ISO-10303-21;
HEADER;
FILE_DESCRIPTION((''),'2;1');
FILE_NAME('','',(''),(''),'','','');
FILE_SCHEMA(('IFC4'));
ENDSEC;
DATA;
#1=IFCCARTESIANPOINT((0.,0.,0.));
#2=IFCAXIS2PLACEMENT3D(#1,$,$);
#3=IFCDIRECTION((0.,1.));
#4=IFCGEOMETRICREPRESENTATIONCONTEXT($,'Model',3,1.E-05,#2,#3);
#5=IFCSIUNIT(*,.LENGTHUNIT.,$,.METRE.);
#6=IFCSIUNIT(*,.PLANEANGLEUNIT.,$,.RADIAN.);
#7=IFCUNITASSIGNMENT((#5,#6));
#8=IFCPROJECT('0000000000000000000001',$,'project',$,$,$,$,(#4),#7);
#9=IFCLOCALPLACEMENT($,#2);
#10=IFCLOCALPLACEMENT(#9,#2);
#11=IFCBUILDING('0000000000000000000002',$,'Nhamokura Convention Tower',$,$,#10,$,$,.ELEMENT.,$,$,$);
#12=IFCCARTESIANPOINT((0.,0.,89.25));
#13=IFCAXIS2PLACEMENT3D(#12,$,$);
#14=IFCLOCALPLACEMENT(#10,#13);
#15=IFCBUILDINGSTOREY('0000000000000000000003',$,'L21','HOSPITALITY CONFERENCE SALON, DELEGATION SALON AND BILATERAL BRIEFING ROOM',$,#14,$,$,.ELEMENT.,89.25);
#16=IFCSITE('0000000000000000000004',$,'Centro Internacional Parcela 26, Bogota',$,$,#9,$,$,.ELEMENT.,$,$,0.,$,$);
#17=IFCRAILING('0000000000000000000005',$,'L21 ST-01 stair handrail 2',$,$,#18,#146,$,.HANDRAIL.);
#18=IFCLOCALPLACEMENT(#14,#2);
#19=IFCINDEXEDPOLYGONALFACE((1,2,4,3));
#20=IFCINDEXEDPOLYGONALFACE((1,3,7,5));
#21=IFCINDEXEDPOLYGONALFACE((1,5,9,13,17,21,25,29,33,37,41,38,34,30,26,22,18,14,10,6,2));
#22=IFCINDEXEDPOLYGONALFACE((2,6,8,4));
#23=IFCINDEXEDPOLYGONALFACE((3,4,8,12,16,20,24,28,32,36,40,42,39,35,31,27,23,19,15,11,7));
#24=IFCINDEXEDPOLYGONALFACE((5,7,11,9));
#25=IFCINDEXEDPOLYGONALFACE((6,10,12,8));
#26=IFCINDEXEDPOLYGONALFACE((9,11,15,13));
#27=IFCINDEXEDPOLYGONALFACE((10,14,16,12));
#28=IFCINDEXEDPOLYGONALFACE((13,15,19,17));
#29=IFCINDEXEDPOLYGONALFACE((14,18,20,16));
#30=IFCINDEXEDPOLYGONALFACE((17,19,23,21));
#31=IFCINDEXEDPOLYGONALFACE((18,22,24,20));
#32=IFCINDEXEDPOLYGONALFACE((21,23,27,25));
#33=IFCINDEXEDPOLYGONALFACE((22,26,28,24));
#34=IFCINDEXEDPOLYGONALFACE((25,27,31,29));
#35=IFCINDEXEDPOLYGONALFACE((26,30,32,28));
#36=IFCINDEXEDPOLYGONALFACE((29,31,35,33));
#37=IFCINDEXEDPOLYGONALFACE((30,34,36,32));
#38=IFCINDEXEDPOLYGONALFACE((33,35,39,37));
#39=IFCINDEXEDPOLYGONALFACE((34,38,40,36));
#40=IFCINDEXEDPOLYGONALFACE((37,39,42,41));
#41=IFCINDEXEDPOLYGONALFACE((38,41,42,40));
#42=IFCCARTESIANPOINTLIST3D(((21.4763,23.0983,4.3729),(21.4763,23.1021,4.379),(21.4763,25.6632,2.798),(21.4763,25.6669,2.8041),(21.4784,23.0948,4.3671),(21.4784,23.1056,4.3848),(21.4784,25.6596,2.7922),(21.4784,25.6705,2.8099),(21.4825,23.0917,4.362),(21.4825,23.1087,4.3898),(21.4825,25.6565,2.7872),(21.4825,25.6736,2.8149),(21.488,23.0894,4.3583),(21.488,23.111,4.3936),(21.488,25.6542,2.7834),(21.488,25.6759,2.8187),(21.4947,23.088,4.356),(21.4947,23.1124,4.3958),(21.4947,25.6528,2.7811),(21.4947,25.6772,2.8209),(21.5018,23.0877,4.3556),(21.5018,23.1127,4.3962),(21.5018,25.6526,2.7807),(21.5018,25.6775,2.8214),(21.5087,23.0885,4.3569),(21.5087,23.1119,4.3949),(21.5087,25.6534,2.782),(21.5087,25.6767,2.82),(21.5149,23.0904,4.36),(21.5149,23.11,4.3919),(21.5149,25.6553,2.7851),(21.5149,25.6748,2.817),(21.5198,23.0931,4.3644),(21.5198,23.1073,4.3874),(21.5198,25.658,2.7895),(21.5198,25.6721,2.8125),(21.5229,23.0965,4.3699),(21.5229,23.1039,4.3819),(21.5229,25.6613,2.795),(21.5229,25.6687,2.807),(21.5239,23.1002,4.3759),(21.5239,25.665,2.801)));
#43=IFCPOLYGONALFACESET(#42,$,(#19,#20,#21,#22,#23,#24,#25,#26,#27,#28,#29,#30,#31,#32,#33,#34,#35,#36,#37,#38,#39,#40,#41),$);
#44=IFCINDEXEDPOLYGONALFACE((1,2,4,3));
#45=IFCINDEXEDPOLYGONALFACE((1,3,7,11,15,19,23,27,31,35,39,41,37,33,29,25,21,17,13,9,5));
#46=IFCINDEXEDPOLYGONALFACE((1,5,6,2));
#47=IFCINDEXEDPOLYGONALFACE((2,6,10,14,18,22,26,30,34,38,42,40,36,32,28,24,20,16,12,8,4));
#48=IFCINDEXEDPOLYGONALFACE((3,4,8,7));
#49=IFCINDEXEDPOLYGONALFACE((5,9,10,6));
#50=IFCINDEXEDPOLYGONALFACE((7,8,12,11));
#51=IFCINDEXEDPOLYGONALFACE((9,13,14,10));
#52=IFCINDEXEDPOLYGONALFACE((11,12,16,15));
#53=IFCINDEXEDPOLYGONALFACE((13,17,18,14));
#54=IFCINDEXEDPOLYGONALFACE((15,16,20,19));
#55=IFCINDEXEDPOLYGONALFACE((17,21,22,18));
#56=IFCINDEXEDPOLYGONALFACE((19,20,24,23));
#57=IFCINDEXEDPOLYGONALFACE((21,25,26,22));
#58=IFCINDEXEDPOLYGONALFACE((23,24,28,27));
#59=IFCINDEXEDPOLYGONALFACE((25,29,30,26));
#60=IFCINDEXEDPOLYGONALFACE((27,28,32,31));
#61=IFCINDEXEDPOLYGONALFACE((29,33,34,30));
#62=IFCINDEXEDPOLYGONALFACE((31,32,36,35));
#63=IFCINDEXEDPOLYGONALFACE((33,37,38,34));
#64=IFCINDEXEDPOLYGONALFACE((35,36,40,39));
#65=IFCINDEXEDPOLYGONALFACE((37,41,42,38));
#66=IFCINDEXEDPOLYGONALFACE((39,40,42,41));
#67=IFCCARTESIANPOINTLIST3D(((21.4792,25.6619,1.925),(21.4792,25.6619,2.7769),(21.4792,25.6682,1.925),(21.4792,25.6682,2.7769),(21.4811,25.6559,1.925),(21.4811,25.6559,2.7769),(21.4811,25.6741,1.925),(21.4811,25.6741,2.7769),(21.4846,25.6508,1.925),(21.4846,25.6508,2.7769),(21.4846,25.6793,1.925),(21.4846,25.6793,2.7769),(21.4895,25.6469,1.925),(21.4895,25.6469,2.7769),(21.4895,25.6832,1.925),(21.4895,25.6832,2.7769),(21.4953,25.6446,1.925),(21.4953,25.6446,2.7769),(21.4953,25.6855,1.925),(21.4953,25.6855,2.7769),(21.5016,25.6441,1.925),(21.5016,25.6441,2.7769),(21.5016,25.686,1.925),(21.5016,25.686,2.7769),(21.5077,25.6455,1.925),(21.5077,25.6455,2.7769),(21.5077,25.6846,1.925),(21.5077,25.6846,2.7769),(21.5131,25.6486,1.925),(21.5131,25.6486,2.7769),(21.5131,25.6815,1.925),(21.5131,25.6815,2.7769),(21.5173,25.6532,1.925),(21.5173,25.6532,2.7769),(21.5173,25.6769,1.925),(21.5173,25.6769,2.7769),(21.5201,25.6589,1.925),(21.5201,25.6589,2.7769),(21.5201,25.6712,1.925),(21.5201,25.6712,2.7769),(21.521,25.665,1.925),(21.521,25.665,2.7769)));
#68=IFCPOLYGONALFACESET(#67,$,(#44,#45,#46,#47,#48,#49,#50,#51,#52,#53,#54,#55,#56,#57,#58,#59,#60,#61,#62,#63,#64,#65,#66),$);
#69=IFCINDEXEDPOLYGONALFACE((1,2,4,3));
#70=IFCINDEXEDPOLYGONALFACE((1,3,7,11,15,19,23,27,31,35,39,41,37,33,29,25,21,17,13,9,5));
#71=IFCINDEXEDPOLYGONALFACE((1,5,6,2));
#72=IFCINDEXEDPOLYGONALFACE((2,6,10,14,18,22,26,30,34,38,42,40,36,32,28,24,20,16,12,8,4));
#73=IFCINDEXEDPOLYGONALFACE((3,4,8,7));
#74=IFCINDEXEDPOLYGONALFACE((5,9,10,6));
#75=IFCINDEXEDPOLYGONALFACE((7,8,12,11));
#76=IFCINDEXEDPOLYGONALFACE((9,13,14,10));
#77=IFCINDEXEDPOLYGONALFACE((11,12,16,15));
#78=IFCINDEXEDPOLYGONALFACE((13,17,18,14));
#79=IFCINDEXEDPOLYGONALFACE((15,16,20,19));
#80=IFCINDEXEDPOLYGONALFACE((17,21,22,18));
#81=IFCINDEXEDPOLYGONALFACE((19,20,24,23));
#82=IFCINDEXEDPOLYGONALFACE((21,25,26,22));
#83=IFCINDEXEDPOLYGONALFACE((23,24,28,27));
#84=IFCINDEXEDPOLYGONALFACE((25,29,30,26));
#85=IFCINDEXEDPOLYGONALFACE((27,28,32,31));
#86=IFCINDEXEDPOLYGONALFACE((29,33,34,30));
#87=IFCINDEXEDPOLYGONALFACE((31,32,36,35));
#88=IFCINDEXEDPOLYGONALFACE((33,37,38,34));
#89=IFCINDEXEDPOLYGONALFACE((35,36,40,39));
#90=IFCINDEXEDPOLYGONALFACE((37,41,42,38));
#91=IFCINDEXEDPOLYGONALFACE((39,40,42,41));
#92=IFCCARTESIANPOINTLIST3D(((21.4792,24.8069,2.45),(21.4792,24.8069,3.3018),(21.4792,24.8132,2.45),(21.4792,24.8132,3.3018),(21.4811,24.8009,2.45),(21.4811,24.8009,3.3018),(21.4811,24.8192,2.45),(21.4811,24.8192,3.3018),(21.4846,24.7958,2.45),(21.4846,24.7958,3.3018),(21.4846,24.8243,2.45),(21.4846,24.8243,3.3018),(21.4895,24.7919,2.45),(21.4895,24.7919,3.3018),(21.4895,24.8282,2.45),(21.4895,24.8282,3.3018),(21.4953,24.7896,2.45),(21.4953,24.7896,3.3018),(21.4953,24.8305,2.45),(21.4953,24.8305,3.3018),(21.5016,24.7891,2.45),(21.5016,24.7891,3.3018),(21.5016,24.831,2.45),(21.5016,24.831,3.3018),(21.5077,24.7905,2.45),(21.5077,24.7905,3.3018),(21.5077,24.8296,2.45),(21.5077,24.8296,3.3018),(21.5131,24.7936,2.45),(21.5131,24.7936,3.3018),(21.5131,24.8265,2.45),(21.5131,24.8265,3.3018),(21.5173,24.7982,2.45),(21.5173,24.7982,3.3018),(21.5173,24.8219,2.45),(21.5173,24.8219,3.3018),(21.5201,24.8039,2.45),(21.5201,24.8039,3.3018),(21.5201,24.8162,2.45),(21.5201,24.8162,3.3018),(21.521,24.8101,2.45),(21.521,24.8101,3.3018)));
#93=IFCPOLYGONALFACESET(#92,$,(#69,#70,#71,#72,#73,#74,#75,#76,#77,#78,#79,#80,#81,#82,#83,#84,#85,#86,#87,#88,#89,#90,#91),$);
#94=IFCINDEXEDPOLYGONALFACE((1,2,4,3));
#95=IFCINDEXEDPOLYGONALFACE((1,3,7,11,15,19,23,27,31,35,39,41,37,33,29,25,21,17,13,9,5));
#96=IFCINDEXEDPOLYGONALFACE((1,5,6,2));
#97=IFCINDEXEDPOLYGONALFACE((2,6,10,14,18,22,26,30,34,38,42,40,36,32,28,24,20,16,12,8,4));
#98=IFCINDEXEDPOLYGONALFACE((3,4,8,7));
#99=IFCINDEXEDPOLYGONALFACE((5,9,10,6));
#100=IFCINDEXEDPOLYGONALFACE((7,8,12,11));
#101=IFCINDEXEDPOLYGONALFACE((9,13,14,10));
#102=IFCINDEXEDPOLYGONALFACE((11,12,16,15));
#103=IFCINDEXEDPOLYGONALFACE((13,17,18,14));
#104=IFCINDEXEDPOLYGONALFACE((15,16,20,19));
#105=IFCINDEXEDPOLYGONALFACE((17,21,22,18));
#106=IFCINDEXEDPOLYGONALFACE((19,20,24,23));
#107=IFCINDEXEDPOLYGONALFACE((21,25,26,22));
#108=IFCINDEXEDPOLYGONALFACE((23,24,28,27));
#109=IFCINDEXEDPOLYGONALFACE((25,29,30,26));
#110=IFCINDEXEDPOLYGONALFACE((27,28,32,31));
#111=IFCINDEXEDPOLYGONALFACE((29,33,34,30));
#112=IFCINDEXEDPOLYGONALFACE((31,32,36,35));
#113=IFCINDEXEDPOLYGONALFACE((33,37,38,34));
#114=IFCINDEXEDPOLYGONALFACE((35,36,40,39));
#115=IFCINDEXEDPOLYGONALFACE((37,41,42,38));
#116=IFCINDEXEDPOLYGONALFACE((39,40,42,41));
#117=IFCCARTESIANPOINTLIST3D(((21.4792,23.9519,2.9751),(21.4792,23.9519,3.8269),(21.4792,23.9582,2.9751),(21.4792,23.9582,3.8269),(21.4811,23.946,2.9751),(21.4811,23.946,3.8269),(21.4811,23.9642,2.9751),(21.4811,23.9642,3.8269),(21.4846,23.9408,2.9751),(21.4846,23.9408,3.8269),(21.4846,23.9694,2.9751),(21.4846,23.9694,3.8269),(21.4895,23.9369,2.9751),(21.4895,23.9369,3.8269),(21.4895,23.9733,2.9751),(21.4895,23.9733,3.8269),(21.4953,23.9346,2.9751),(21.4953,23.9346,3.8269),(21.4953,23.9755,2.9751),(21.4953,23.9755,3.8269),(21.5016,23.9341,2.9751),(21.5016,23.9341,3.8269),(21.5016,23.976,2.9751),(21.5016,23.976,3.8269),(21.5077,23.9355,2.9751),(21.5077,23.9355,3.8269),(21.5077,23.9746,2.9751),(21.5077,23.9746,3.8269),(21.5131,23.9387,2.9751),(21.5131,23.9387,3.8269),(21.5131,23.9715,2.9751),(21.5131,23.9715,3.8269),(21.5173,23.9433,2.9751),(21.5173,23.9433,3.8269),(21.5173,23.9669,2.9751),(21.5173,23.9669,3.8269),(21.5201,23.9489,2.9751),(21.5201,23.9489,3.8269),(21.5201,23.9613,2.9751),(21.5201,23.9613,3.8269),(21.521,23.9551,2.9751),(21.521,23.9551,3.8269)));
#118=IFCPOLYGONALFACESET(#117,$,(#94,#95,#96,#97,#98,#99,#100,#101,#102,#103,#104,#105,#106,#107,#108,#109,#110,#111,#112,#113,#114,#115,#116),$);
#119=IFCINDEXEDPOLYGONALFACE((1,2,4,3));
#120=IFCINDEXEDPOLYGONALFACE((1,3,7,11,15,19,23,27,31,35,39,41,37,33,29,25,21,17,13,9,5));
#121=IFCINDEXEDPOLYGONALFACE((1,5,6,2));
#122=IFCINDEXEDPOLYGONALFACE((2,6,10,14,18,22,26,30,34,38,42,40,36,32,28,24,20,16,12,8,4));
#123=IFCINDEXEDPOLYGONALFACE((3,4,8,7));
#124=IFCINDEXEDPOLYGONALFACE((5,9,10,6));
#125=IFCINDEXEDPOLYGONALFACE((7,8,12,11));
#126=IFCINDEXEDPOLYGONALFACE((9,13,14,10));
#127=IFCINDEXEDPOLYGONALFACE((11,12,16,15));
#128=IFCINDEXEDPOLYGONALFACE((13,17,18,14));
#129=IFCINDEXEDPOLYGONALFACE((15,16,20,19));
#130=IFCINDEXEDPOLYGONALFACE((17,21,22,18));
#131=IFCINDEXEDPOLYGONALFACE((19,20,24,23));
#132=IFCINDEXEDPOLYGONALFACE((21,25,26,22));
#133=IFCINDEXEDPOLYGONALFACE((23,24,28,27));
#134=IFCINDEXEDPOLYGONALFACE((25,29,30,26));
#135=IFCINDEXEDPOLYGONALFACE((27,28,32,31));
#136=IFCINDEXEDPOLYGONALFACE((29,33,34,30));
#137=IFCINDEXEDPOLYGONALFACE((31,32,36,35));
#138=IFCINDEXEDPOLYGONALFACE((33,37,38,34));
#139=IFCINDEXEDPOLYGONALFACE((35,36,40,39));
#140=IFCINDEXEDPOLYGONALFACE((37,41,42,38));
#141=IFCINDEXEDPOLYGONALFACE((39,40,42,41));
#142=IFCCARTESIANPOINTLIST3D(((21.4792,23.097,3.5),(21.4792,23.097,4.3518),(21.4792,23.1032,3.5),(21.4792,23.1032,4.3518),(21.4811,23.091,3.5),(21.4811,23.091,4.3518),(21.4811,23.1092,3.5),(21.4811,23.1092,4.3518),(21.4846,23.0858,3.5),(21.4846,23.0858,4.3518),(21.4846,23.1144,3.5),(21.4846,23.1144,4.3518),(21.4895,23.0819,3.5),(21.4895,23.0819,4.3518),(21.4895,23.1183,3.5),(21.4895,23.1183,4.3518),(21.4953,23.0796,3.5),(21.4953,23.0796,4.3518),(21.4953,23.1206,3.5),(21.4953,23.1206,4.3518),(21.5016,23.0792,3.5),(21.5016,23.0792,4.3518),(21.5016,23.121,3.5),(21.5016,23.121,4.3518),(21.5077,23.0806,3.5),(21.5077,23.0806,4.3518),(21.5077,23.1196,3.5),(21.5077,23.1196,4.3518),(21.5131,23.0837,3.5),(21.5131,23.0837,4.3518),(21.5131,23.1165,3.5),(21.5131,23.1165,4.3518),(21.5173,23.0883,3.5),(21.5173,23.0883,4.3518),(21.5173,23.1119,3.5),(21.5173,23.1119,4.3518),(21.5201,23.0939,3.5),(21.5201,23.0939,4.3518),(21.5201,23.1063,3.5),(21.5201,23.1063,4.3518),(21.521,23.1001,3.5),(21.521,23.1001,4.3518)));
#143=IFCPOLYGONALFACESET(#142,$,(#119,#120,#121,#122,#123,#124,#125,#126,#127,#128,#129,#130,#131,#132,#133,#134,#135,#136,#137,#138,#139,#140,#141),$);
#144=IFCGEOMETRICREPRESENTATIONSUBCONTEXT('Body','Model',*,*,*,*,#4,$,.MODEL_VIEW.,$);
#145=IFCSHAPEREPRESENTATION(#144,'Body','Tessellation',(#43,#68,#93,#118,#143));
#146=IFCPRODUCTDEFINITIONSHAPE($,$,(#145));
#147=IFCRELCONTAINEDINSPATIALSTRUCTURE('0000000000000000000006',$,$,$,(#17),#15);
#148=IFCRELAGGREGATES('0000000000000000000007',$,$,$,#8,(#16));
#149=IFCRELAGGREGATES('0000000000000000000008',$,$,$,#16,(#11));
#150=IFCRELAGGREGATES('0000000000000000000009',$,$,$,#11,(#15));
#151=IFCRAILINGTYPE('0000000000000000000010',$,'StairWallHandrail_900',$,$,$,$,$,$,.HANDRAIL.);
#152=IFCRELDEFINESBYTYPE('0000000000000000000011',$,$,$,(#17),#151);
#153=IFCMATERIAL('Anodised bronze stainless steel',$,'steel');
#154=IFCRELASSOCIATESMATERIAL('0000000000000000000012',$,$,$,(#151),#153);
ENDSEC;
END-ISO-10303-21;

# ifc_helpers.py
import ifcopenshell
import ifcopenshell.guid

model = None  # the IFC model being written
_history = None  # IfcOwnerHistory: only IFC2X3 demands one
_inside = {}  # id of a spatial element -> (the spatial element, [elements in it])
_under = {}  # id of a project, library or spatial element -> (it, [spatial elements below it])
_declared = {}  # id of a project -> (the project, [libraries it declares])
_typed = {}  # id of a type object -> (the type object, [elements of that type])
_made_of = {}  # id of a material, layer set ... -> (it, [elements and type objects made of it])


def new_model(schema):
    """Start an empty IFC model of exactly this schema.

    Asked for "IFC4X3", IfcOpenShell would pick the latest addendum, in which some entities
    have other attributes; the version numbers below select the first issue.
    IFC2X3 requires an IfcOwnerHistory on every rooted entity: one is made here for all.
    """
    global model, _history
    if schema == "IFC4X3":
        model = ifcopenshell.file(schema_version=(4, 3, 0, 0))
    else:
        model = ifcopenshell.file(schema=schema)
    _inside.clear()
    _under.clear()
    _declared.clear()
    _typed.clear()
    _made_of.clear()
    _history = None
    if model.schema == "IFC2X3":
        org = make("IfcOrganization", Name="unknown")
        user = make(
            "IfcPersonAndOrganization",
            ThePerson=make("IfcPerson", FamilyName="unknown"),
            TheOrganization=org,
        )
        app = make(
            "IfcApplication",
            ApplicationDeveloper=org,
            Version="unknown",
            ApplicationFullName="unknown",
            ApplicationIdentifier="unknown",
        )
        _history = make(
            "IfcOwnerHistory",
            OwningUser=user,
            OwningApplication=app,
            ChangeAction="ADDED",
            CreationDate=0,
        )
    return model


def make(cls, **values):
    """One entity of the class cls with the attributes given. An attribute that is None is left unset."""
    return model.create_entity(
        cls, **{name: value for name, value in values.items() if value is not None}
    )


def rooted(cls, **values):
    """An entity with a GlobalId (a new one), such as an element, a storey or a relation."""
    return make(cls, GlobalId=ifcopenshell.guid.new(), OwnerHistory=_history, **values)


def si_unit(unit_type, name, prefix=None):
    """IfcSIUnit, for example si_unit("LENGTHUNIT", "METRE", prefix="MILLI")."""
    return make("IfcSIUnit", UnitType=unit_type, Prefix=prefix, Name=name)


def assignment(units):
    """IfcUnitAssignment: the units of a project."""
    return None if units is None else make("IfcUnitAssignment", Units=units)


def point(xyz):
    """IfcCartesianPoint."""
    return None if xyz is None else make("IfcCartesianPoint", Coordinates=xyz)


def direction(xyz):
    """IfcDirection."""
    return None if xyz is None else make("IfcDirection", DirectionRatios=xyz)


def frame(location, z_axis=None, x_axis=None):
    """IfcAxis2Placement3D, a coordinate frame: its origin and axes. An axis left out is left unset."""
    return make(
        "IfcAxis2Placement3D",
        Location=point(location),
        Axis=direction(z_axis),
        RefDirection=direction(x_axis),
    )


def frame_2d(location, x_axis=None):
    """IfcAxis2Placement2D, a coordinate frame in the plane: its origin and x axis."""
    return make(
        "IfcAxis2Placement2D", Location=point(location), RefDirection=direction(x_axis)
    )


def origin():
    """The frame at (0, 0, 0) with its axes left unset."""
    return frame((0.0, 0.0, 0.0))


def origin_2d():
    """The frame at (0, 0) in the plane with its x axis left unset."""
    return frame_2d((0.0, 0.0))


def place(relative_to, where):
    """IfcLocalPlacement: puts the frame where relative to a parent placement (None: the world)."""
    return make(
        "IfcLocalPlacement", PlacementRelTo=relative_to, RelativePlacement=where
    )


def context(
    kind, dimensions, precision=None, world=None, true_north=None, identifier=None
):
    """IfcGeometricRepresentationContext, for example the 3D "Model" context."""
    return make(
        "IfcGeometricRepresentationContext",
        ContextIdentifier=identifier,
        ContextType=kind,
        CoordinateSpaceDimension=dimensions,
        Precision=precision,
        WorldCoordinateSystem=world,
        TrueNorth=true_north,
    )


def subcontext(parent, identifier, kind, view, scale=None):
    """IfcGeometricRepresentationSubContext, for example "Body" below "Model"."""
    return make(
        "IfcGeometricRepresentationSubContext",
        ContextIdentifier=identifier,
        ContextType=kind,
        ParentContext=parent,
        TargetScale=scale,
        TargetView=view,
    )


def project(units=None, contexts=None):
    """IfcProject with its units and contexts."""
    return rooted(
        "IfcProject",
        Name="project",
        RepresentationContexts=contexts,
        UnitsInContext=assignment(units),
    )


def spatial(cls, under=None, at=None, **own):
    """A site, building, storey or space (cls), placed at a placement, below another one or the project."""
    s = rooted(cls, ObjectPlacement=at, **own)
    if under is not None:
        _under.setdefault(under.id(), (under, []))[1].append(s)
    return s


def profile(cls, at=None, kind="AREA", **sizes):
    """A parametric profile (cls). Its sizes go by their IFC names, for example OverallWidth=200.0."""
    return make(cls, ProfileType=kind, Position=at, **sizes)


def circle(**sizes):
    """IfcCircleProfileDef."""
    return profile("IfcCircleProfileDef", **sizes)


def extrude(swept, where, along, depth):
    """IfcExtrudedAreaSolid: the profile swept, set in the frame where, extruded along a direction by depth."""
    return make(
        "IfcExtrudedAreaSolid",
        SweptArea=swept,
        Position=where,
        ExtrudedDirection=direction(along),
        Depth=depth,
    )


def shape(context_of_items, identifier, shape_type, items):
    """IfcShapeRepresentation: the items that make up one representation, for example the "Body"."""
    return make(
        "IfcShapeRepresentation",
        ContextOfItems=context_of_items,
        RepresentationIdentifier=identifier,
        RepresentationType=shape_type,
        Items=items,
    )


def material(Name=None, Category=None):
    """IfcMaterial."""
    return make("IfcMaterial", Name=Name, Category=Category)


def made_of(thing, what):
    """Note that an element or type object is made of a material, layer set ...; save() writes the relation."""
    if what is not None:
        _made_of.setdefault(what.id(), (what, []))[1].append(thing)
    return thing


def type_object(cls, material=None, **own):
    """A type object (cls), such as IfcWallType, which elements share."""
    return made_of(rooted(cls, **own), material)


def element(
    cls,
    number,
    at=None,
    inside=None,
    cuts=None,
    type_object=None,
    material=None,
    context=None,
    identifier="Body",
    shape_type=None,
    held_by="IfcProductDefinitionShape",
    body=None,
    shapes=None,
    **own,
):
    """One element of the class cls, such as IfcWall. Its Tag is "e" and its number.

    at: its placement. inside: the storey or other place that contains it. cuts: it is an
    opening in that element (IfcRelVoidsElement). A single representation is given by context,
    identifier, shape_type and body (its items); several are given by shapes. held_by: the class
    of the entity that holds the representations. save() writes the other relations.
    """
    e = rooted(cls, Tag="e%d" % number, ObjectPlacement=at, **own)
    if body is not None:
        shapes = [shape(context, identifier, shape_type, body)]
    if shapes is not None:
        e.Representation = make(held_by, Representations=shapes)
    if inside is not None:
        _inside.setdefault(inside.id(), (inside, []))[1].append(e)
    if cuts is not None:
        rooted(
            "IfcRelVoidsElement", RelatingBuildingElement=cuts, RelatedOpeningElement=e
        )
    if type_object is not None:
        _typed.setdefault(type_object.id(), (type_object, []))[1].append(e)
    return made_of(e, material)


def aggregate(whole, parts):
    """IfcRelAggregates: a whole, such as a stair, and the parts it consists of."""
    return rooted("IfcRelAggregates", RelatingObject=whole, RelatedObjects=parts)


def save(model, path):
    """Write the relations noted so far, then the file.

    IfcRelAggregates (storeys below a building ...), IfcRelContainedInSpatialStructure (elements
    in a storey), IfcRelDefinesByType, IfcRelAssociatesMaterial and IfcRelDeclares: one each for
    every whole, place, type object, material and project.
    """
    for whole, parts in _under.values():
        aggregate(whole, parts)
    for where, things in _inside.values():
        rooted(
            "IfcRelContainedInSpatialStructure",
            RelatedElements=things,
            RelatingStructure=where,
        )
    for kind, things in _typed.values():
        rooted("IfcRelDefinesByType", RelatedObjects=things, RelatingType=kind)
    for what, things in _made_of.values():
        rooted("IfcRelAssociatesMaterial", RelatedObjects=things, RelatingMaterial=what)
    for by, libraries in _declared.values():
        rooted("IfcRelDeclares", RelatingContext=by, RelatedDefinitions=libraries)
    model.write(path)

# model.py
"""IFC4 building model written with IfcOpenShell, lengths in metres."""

from ifc_helpers import new_model, si_unit, direction, frame, origin, origin_2d, place, context, subcontext, project, spatial, circle, extrude, material, type_object, element, save


model = new_model("IFC4")

# Units and contexts
model_context = context("Model", 3, precision=1e-05, world=origin(), true_north=direction((0.0, 1.0)))
body_context = subcontext(model_context, "Body", "Model", "MODEL_VIEW")
ifc_project = project(units=[si_unit("LENGTHUNIT", "METRE"), si_unit("PLANEANGLEUNIT", "RADIAN")], contexts=[model_context])

# Site, building, storey
site_placement = place(None, origin())
site = spatial("IfcSite", under=ifc_project, at=site_placement, Name="Centro Internacional Parcela 26, Bogota", CompositionType="ELEMENT", RefElevation=0.0)
building_placement = place(site_placement, origin())
building = spatial("IfcBuilding", under=site, at=building_placement, Name="Nhamokura Convention Tower", CompositionType="ELEMENT")
storey_placement = place(building_placement, frame((0.0, 0.0, 89.25)))
storey = spatial("IfcBuildingStorey", under=building, at=storey_placement, Name="L21", Description="HOSPITALITY CONFERENCE SALON, DELEGATION SALON AND BILATERAL BRIEFING ROOM", CompositionType="ELEMENT", Elevation=89.25)

# Railing
ifc_material_1 = material(Name="Anodised bronze stainless steel", Category="steel")
railing_type_1 = type_object("IfcRailingType", Name="StairWallHandrail_900", PredefinedType="HANDRAIL", material=ifc_material_1)
railing_1_placement = place(storey_placement, frame((21.5, 25.665, 1.925)))
element("IfcRailing", 1, at=railing_1_placement, inside=storey, type_object=railing_type_1, Name="L21 ST-01 stair handrail 2", PredefinedType="HANDRAIL", context=body_context, shape_type="SweptSolid", body=[
    extrude(circle(Radius=0.0239, at=origin_2d()), frame((0.0, 0.0, 0.876), z_axis=(0.0, -0.852173, 0.52326), x_axis=(1.0, 0.0, 0.0)), (0.0, 0.0, 1.0), 3.0098),
    extrude(circle(Radius=0.021, at=origin_2d()), origin(), (0.0, 0.0, 1.0), 0.8518),
    extrude(circle(Radius=0.021, at=origin_2d()), frame((0.0, -0.855, 0.5249)), (0.0, 0.0, 1.0), 0.8518),
    extrude(circle(Radius=0.021, at=origin_2d()), frame((0.0, -1.71, 1.05)), (0.0, 0.0, 1.0), 0.8518),
    extrude(circle(Radius=0.021, at=origin_2d()), frame((0.0, -2.5649, 1.575)), (0.0, 0.0, 1.0), 0.8518),
])

save(model, "model.ifc")
